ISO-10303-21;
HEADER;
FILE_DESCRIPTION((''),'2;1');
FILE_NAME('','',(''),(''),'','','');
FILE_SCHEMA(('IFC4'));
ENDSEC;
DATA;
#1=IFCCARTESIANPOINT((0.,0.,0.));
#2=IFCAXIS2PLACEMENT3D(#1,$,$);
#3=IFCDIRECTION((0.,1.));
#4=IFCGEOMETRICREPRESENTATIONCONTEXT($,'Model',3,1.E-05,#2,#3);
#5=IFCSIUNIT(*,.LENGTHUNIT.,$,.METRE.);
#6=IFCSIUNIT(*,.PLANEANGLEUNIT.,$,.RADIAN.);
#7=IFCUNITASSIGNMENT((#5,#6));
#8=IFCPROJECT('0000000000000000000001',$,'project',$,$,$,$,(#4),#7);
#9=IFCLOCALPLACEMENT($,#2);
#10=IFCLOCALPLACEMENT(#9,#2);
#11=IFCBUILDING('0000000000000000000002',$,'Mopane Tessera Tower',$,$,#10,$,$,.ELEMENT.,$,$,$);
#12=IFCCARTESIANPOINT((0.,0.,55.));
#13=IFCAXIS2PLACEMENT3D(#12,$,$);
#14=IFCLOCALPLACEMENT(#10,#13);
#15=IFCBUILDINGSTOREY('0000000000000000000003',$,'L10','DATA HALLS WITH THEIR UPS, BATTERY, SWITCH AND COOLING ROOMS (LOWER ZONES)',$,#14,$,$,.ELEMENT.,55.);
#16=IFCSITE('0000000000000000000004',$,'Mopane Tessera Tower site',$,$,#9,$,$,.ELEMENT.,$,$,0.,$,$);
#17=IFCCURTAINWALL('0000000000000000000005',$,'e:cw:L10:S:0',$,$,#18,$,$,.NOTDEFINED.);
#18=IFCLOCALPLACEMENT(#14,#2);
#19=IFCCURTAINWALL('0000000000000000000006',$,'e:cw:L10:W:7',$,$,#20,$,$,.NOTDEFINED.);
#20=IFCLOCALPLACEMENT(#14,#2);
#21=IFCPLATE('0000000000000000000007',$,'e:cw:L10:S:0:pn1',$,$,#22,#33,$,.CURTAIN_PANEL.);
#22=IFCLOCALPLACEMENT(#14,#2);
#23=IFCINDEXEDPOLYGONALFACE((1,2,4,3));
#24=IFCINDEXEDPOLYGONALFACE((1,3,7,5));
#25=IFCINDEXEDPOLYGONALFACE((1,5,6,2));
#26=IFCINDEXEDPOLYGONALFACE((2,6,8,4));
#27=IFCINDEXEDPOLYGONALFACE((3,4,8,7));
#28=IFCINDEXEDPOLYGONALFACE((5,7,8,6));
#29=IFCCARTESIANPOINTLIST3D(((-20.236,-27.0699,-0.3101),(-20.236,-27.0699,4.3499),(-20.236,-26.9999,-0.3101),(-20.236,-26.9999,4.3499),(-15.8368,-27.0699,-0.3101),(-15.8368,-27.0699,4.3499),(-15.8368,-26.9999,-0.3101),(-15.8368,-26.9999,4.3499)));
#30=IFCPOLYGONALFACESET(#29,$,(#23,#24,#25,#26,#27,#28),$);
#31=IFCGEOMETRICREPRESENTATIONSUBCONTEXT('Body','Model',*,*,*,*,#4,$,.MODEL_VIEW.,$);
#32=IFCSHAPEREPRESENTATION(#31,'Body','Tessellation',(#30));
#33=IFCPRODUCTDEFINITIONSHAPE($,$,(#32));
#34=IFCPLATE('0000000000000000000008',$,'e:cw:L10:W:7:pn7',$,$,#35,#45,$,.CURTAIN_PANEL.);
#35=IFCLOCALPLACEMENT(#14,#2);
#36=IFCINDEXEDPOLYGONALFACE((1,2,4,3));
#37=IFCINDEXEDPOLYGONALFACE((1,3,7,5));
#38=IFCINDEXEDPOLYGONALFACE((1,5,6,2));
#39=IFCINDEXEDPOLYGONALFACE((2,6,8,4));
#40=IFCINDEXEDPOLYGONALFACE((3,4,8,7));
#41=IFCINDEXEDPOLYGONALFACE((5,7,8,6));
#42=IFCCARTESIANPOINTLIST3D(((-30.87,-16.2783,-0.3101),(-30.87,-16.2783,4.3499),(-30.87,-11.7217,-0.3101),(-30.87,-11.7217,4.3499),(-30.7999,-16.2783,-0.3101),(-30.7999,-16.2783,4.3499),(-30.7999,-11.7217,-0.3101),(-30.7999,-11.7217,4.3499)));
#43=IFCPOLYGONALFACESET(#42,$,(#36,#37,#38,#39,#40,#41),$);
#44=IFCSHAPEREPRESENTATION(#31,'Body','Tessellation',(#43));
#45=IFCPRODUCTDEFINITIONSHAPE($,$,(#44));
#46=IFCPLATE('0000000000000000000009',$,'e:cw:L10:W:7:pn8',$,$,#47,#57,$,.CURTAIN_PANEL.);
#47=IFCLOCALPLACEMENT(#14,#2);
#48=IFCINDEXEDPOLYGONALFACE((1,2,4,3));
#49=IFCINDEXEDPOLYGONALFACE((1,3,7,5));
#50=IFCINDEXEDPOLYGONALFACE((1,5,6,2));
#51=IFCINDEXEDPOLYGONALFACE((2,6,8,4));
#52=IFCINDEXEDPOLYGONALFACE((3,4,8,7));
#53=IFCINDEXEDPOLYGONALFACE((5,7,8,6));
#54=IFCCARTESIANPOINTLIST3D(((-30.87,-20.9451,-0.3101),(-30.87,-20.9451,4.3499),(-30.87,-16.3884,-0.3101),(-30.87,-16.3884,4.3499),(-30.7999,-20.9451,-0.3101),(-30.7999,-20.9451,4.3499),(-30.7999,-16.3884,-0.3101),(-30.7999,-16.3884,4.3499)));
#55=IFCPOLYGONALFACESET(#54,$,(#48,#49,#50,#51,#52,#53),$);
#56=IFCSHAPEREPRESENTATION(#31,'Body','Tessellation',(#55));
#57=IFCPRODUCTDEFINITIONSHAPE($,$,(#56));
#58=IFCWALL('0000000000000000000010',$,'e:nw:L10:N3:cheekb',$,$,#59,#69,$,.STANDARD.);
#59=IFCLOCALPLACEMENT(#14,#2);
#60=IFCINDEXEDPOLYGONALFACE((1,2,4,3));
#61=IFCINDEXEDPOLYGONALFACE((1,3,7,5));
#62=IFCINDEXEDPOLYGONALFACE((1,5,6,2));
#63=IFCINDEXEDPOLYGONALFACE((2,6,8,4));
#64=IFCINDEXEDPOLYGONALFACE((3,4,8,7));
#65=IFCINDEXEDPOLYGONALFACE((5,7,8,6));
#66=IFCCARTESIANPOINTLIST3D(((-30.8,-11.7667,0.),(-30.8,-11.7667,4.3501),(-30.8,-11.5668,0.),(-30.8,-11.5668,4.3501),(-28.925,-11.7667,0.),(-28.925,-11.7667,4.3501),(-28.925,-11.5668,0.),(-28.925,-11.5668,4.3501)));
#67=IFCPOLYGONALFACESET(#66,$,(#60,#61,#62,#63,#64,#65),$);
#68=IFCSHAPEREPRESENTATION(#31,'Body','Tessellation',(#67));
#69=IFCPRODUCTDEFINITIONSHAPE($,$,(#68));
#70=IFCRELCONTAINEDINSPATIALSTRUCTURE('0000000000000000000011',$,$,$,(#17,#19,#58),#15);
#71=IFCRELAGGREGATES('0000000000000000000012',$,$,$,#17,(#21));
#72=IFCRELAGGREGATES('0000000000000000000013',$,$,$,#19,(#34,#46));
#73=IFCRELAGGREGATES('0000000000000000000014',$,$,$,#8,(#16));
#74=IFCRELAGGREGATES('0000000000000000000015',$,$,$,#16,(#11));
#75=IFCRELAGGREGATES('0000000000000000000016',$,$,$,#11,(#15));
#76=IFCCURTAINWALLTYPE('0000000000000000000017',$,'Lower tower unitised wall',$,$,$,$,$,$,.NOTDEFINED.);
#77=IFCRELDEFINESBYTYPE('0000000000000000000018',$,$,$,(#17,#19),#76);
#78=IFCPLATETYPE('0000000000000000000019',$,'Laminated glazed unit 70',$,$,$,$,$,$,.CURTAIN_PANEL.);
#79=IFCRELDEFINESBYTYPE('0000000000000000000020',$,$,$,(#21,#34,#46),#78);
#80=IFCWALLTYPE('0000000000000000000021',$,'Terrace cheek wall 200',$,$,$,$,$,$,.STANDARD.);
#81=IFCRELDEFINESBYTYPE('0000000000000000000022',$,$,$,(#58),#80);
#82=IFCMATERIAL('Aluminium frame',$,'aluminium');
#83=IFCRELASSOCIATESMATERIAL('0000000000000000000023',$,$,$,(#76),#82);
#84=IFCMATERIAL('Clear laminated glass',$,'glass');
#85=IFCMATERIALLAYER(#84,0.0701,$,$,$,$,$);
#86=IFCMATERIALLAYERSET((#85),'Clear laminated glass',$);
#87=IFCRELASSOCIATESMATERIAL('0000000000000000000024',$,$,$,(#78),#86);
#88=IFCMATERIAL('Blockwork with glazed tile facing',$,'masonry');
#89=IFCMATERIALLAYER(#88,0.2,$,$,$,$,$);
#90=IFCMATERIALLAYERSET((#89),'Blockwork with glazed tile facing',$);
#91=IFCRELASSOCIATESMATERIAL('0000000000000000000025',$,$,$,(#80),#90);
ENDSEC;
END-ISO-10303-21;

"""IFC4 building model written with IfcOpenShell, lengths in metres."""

from ifc_helpers import new_model, si_unit, direction, frame, frame_2d, origin, origin_2d, place, context, subcontext, project, spatial, rectangle, extrude, material, layer, layer_set, type_object, element, aggregate, save


model = new_model("IFC4")

# Units and contexts
model_context = context("Model", 3, precision=1e-05, world=origin(), true_north=direction((0.0, 1.0)))
body_context = subcontext(model_context, "Body", "Model", "MODEL_VIEW")
ifc_project = project(units=[si_unit("LENGTHUNIT", "METRE"), si_unit("PLANEANGLEUNIT", "RADIAN")], contexts=[model_context])

# Site, building, storey
site_placement = place(None, origin())
site = spatial("IfcSite", under=ifc_project, at=site_placement, Name="Mopane Tessera Tower site", CompositionType="ELEMENT", RefElevation=0.0)
building_placement = place(site_placement, origin())
building = spatial("IfcBuilding", under=site, at=building_placement, Name="Mopane Tessera Tower", CompositionType="ELEMENT")
storey_placement = place(building_placement, frame((0.0, 0.0, 55.0)))
storey = spatial("IfcBuildingStorey", under=building, at=storey_placement, Name="L10", Description="DATA HALLS WITH THEIR UPS, BATTERY, SWITCH AND COOLING ROOMS (LOWER ZONES)", CompositionType="ELEMENT", Elevation=55.0)

# Curtain walls
ifc_material_1 = material(Name="Aluminium frame", Category="aluminium")
curtain_wall_type = type_object("IfcCurtainWallType", Name="Lower tower unitised wall", PredefinedType="NOTDEFINED", material=ifc_material_1)
curtain_wall_1_placement = place(storey_placement, origin())
curtain_wall_1 = element("IfcCurtainWall", 1, at=curtain_wall_1_placement, inside=storey, type_object=curtain_wall_type, Name="e:cw:L10:S:0", PredefinedType="NOTDEFINED")
curtain_wall_2_placement = place(storey_placement, origin())
curtain_wall_2 = element("IfcCurtainWall", 2, at=curtain_wall_2_placement, inside=storey, type_object=curtain_wall_type, Name="e:cw:L10:W:7", PredefinedType="NOTDEFINED")

# Plates
ifc_material_2 = material(Name="Clear laminated glass", Category="glass")
ifc_layer_1 = layer(ifc_material_2, 0.0701)
ifc_layer_set_1 = layer_set([ifc_layer_1], Name="Clear laminated glass")
plate_type = type_object("IfcPlateType", Name="Laminated glazed unit 70", PredefinedType="CURTAIN_PANEL", material=ifc_layer_set_1)
plate_1_placement = place(storey_placement, frame((-18.0364, -27.0349, -0.3101), z_axis=(0.0, 0.0, 1.0), x_axis=(1.0, 0.0, 0.0)))
plate_1 = element("IfcPlate", 3, at=plate_1_placement, type_object=plate_type, Name="e:cw:L10:S:0:pn1", PredefinedType="CURTAIN_PANEL", context=body_context, shape_type="SweptSolid", body=[
    extrude(rectangle(XDim=4.3992, YDim=0.0701, at=origin_2d()), origin(), (0.0, 0.0, 1.0), 4.6599),
])
aggregate(curtain_wall_1, [plate_1])
plate_2_placement = place(storey_placement, frame((-30.835, -14.0, -0.3101), z_axis=(0.0, 0.0, 1.0), x_axis=(0.0, -1.0, 0.0)))
plate_2 = element("IfcPlate", 4, at=plate_2_placement, type_object=plate_type, Name="e:cw:L10:W:7:pn7", PredefinedType="CURTAIN_PANEL", context=body_context, shape_type="SweptSolid", body=[
    extrude(rectangle(XDim=4.5566, YDim=0.0701, at=origin_2d()), origin(), (0.0, 0.0, 1.0), 4.6599),
])
plate_3_placement = place(storey_placement, frame((-30.835, -18.6667, -0.3101), z_axis=(0.0, 0.0, 1.0), x_axis=(0.0, -1.0, 0.0)))
plate_3 = element("IfcPlate", 5, at=plate_3_placement, type_object=plate_type, Name="e:cw:L10:W:7:pn8", PredefinedType="CURTAIN_PANEL", context=body_context, shape_type="SweptSolid", body=[
    extrude(rectangle(XDim=4.5566, YDim=0.0701, at=origin_2d()), origin(), (0.0, 0.0, 1.0), 4.6599),
])
aggregate(curtain_wall_2, [plate_2, plate_3])

# Wall
ifc_material_3 = material(Name="Blockwork with glazed tile facing", Category="masonry")
ifc_layer_2 = layer(ifc_material_3, 0.2)
ifc_layer_set_2 = layer_set([ifc_layer_2], Name="Blockwork with glazed tile facing")
wall_type = type_object("IfcWallType", Name="Terrace cheek wall 200", PredefinedType="STANDARD", material=ifc_layer_set_2)
wall_placement = place(storey_placement, frame((-30.8, -11.6667, 0.0), z_axis=(0.0, 0.0, 1.0), x_axis=(1.0, 0.0, 0.0)))
element("IfcWall", 6, at=wall_placement, inside=storey, type_object=wall_type, Name="e:nw:L10:N3:cheekb", PredefinedType="STANDARD", context=body_context, shape_type="SweptSolid", body=[
    extrude(rectangle(XDim=1.875, YDim=0.2, at=frame_2d((0.9375, 0.0))), origin(), (0.0, 0.0, 1.0), 4.3501),
])

save(model, "model.ifc")
